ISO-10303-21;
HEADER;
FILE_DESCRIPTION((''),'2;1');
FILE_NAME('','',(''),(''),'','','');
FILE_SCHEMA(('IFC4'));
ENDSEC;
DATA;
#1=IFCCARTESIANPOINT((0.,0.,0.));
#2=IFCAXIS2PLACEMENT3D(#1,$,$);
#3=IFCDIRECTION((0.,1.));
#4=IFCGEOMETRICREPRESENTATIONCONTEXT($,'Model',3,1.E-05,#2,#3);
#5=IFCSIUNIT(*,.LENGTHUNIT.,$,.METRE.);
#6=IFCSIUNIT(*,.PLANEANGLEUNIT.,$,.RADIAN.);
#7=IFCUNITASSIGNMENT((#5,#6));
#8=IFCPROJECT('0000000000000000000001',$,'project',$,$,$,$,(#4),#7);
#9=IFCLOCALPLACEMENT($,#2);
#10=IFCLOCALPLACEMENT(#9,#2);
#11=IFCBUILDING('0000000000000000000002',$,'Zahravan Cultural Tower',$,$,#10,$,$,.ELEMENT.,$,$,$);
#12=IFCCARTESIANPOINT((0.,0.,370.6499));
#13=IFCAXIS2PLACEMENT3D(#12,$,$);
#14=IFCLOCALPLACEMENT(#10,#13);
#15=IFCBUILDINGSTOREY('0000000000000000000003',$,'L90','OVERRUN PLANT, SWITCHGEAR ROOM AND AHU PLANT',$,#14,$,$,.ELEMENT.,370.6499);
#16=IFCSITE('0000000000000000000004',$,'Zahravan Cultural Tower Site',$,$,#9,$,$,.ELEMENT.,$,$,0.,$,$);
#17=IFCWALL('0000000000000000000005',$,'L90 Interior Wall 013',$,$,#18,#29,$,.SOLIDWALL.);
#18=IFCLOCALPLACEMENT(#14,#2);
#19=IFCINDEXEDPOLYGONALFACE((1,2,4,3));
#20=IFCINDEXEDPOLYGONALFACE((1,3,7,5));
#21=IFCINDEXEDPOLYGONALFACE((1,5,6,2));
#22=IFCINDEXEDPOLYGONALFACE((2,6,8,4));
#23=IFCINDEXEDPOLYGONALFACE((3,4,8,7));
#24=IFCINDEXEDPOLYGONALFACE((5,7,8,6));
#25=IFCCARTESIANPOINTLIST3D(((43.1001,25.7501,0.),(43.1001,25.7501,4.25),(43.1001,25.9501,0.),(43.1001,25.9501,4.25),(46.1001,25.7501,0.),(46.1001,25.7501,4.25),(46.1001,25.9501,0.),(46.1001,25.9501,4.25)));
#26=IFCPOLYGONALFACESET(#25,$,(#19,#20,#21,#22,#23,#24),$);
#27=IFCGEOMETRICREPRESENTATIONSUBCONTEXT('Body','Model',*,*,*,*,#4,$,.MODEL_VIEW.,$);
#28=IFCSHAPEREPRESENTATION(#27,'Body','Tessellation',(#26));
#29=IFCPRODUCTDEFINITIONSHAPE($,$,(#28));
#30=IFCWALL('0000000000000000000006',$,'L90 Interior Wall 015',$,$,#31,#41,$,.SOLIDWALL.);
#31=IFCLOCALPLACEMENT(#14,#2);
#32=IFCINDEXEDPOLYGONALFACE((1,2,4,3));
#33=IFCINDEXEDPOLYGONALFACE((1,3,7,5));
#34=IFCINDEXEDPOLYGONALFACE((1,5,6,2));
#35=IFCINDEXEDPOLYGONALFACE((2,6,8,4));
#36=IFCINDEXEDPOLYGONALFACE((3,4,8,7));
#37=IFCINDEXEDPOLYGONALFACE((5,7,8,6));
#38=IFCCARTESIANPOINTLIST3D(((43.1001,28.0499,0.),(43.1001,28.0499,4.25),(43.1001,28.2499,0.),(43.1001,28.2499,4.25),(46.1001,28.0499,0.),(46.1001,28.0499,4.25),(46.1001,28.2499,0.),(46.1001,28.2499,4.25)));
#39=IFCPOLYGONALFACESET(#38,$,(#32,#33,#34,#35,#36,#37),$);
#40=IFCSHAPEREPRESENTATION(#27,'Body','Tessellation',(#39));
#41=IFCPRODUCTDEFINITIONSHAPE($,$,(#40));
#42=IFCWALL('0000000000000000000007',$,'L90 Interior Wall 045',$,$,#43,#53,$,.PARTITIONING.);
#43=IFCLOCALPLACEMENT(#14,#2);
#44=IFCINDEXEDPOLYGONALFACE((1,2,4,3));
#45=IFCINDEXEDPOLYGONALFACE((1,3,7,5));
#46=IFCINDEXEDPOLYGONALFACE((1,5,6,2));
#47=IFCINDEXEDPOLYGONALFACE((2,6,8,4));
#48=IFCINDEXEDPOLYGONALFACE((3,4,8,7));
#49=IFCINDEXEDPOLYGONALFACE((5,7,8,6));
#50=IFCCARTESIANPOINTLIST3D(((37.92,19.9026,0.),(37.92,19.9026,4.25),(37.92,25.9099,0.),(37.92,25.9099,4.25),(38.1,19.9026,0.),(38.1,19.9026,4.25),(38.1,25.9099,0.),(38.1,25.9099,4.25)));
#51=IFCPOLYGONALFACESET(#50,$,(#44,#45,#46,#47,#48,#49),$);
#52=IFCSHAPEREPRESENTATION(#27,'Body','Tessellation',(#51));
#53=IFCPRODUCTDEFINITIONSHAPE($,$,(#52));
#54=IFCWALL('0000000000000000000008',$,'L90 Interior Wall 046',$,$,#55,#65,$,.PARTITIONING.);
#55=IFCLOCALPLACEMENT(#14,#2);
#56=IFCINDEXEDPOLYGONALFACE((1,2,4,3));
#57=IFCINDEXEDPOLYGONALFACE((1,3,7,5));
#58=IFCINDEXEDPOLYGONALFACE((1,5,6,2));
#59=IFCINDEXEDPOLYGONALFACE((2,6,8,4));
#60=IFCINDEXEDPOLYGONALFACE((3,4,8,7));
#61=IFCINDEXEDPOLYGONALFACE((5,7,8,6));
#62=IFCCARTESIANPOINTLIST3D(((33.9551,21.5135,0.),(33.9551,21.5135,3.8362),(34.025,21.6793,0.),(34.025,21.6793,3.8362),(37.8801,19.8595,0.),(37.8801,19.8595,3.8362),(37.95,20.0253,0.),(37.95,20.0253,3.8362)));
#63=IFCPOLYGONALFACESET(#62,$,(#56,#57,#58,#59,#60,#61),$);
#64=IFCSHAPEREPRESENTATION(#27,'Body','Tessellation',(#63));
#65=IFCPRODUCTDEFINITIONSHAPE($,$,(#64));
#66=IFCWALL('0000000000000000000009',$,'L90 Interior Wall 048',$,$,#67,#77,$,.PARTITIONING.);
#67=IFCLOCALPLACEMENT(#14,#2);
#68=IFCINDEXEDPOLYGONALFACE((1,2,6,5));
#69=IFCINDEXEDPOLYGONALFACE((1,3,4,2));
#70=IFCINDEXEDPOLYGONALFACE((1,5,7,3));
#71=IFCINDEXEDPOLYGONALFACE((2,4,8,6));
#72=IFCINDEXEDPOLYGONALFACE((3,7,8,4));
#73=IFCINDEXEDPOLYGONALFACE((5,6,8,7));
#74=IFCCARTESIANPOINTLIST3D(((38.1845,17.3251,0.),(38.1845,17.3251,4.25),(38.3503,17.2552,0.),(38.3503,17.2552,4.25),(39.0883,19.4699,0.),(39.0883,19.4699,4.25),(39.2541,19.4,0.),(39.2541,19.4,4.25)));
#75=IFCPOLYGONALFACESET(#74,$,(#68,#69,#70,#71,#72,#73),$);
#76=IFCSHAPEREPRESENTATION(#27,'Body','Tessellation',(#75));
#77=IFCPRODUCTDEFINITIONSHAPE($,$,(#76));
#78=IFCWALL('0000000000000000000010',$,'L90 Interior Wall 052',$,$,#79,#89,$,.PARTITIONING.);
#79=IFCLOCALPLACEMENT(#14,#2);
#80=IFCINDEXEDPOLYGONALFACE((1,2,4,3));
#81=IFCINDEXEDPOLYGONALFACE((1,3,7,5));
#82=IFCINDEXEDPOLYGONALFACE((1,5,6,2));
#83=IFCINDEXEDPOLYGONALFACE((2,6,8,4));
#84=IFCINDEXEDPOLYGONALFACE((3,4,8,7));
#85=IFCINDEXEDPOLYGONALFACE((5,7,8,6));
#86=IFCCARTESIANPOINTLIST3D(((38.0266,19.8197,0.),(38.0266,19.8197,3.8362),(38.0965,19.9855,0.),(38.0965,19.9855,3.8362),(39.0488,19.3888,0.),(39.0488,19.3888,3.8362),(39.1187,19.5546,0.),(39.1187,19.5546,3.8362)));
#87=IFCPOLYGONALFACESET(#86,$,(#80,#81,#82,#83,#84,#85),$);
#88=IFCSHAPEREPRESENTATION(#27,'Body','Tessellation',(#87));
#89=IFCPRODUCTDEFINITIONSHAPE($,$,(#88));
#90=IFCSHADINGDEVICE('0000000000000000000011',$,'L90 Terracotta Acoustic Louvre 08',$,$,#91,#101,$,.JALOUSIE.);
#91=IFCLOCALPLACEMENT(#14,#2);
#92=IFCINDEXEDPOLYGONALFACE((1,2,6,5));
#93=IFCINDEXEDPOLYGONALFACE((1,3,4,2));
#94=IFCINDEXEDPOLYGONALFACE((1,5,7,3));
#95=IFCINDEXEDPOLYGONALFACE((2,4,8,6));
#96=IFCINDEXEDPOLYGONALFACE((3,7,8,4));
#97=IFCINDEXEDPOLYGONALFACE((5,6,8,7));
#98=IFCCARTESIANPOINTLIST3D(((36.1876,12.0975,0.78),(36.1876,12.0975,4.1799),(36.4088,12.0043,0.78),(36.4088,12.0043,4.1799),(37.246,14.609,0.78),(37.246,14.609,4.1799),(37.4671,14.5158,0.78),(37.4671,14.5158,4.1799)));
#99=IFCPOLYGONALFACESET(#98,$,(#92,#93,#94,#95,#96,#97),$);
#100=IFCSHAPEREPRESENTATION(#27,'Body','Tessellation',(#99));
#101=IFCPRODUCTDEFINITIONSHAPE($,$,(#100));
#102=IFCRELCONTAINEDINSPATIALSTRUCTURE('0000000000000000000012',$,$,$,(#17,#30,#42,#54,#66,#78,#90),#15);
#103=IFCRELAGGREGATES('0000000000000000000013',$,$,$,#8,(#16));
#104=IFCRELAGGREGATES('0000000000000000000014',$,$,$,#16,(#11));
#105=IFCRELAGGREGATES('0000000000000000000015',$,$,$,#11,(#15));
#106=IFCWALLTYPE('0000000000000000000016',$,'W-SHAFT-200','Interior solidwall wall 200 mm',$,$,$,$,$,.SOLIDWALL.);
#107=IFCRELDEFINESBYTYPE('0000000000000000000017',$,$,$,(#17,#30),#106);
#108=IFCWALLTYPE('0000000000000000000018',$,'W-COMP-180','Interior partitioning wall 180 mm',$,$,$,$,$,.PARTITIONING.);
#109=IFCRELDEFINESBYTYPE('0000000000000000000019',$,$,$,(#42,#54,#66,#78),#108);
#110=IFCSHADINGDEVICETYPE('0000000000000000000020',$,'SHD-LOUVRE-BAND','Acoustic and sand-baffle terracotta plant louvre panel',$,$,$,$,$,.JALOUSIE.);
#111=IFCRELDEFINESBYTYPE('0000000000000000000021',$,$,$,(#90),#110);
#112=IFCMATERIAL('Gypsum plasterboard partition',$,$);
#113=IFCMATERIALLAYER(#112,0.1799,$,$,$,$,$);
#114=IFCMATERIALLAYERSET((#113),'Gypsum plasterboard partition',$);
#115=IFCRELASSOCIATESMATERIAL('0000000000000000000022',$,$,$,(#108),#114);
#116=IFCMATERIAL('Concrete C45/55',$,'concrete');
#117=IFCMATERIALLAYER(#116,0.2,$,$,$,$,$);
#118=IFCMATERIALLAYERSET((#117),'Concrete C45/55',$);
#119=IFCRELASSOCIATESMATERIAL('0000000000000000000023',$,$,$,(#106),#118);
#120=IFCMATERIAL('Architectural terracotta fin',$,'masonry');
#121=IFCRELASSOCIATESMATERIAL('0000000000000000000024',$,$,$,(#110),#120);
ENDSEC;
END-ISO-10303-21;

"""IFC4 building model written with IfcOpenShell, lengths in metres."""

from ifc_helpers import new_model, si_unit, direction, frame, frame_2d, origin, origin_2d, place, context, subcontext, project, spatial, rectangle, extrude, source, transform, mapped, material, layer, layer_set, type_object, element, save


model = new_model("IFC4")

# Units and contexts
model_context = context("Model", 3, precision=1e-05, world=origin(), true_north=direction((0.0, 1.0)))
body_context = subcontext(model_context, "Body", "Model", "MODEL_VIEW")
ifc_project = project(units=[si_unit("LENGTHUNIT", "METRE"), si_unit("PLANEANGLEUNIT", "RADIAN")], contexts=[model_context])

# Site, building, storey
site_placement = place(None, origin())
site = spatial("IfcSite", under=ifc_project, at=site_placement, Name="Zahravan Cultural Tower Site", CompositionType="ELEMENT", RefElevation=0.0)
building_placement = place(site_placement, origin())
building = spatial("IfcBuilding", under=site, at=building_placement, Name="Zahravan Cultural Tower", CompositionType="ELEMENT")
storey_placement = place(building_placement, frame((0.0, 0.0, 370.6499)))
storey = spatial("IfcBuildingStorey", under=building, at=storey_placement, Name="L90", Description="OVERRUN PLANT, SWITCHGEAR ROOM AND AHU PLANT", CompositionType="ELEMENT", Elevation=370.6499)

# Shared definitions
ifc_material_1 = material(Name="Concrete C45/55", Category="concrete")

# Shared definitions
ifc_material_2 = material(Name="Gypsum plasterboard partition")
ifc_layer_1 = layer(ifc_material_2, 0.1799)
ifc_layer_set_1 = layer_set([ifc_layer_1], Name="Gypsum plasterboard partition")
wall_type_1 = type_object("IfcWallType", Name="W-COMP-180", Description="Interior partitioning wall 180 mm", PredefinedType="PARTITIONING", material=ifc_layer_set_1)

# Walls
ifc_layer_2 = layer(ifc_material_1, 0.2)
ifc_layer_set_2 = layer_set([ifc_layer_2], Name="Concrete C45/55")
wall_type_2 = type_object("IfcWallType", Name="W-SHAFT-200", Description="Interior solidwall wall 200 mm", PredefinedType="SOLIDWALL", material=ifc_layer_set_2)
shared_shape_1 = source(origin(), body_context, "Body", "SweptSolid", [
    extrude(rectangle(XDim=3.0, YDim=0.2, at=frame_2d((1.5, 0.0))), origin(), (0.0, 0.0, 1.0), 4.25),
])
for number, where, z_axis, x_axis, name in (
    (1, (43.1001, 25.8501, 0.0), (0.0, 0.0, 1.0), (1.0, 0.0, 0.0), "L90 Interior Wall 013"),
    (2, (43.1001, 28.1499, 0.0), (0.0, 0.0, 1.0), (1.0, 0.0, 0.0), "L90 Interior Wall 015"),
):
    element("IfcWall", number, at=place(storey_placement, frame(where, z_axis=z_axis, x_axis=x_axis)), inside=storey, type_object=wall_type_2, Name=name, PredefinedType="SOLIDWALL", context=body_context, shape_type="MappedRepresentation", body=[
        mapped(shared_shape_1, transform((0.0, 0.0, 0.0), x_axis=(1.0, 0.0, 0.0), y_axis=(0.0, 1.0, 0.0), z_axis=(0.0, 0.0, 1.0), scale=1.0)),
    ])
shared_shape_2 = source(origin(), body_context, "Body", "SweptSolid", [
    extrude(rectangle(XDim=6.0073, YDim=0.1799, at=frame_2d((3.0037, 0.0))), origin(), (0.0, 0.0, 1.0), 4.25),
])
wall_1_placement = place(storey_placement, frame((38.01, 25.9099, 0.0), z_axis=(0.0, 0.0, 1.0), x_axis=(0.0, -1.0, 0.0)))
element("IfcWall", 3, at=wall_1_placement, inside=storey, type_object=wall_type_1, Name="L90 Interior Wall 045", PredefinedType="PARTITIONING", context=body_context, shape_type="MappedRepresentation", body=[
    mapped(shared_shape_2, transform((0.0, 0.0, 0.0), x_axis=(1.0, 0.0, 0.0), y_axis=(0.0, 1.0, 0.0), z_axis=(0.0, 0.0, 1.0), scale=1.0)),
])
shared_shape_3 = source(origin(), body_context, "Body", "SweptSolid", [
    extrude(rectangle(XDim=4.2593, YDim=0.1799, at=frame_2d((2.1296, 0.0))), origin(), (0.0, 0.0, 1.0), 3.8362),
])
wall_2_placement = place(storey_placement, frame((37.915, 19.9424, 0.0), z_axis=(0.0, 0.0, 1.0), x_axis=(-0.921518, 0.388336, 0.0)))
element("IfcWall", 4, at=wall_2_placement, inside=storey, type_object=wall_type_1, Name="L90 Interior Wall 046", PredefinedType="PARTITIONING", context=body_context, shape_type="MappedRepresentation", body=[
    mapped(shared_shape_3, transform((0.0, 0.0, 0.0), x_axis=(1.0, 0.0, 0.0), y_axis=(0.0, 1.0, 0.0), z_axis=(0.0, 0.0, 1.0), scale=1.0)),
])
shared_shape_4 = source(origin(), body_context, "Body", "SweptSolid", [
    extrude(rectangle(XDim=2.3274, YDim=0.1799, at=frame_2d((1.1636, 0.0))), origin(), (0.0, 0.0, 1.0), 4.25),
])
wall_3_placement = place(storey_placement, frame((39.1711, 19.4348, 0.0), z_axis=(0.0, 0.0, 1.0), x_axis=(-0.388329, -0.921521, 0.0)))
element("IfcWall", 5, at=wall_3_placement, inside=storey, type_object=wall_type_1, Name="L90 Interior Wall 048", PredefinedType="PARTITIONING", context=body_context, shape_type="MappedRepresentation", body=[
    mapped(shared_shape_4, transform((0.0, 0.0, 0.0), x_axis=(1.0, 0.0, 0.0), y_axis=(0.0, 1.0, 0.0), z_axis=(0.0, 0.0, 1.0), scale=1.0)),
])
shared_shape_5 = source(origin(), body_context, "Body", "SweptSolid", [
    extrude(rectangle(XDim=1.1094, YDim=0.1799, at=frame_2d((0.5547, 0.0))), origin(), (0.0, 0.0, 1.0), 3.8362),
])
wall_4_placement = place(storey_placement, frame((38.0615, 19.9026, 0.0), z_axis=(0.0, 0.0, 1.0), x_axis=(0.921474, -0.388441, 0.0)))
element("IfcWall", 6, at=wall_4_placement, inside=storey, type_object=wall_type_1, Name="L90 Interior Wall 052", PredefinedType="PARTITIONING", context=body_context, shape_type="MappedRepresentation", body=[
    mapped(shared_shape_5, transform((0.0, 0.0, 0.0), x_axis=(1.0, 0.0, 0.0), y_axis=(0.0, 1.0, 0.0), z_axis=(0.0, 0.0, 1.0), scale=1.0)),
])

# Shading device
ifc_material_3 = material(Name="Architectural terracotta fin", Category="masonry")
shading_device_type = type_object("IfcShadingDeviceType", Name="SHD-LOUVRE-BAND", Description="Acoustic and sand-baffle terracotta plant louvre panel", PredefinedType="JALOUSIE", material=ifc_material_3)
shared_shape_6 = source(origin(), body_context, "Body", "SweptSolid", [
    extrude(rectangle(XDim=2.7253, YDim=0.24, at=origin_2d()), origin(), (0.0, 0.0, 1.0), 3.3999),
])
shading_device_placement = place(storey_placement, frame((36.8274, 13.3066, 0.78), z_axis=(0.0, 0.0, 1.0), x_axis=(-0.388336, -0.921518, 0.0)))
element("IfcShadingDevice", 7, at=shading_device_placement, inside=storey, type_object=shading_device_type, Name="L90 Terracotta Acoustic Louvre 08", PredefinedType="JALOUSIE", context=body_context, shape_type="MappedRepresentation", body=[
    mapped(shared_shape_6, transform((0.0, 0.0, 0.0), x_axis=(1.0, 0.0, 0.0), y_axis=(0.0, 1.0, 0.0), z_axis=(0.0, 0.0, 1.0), scale=1.0)),
])

save(model, "model.ifc")
